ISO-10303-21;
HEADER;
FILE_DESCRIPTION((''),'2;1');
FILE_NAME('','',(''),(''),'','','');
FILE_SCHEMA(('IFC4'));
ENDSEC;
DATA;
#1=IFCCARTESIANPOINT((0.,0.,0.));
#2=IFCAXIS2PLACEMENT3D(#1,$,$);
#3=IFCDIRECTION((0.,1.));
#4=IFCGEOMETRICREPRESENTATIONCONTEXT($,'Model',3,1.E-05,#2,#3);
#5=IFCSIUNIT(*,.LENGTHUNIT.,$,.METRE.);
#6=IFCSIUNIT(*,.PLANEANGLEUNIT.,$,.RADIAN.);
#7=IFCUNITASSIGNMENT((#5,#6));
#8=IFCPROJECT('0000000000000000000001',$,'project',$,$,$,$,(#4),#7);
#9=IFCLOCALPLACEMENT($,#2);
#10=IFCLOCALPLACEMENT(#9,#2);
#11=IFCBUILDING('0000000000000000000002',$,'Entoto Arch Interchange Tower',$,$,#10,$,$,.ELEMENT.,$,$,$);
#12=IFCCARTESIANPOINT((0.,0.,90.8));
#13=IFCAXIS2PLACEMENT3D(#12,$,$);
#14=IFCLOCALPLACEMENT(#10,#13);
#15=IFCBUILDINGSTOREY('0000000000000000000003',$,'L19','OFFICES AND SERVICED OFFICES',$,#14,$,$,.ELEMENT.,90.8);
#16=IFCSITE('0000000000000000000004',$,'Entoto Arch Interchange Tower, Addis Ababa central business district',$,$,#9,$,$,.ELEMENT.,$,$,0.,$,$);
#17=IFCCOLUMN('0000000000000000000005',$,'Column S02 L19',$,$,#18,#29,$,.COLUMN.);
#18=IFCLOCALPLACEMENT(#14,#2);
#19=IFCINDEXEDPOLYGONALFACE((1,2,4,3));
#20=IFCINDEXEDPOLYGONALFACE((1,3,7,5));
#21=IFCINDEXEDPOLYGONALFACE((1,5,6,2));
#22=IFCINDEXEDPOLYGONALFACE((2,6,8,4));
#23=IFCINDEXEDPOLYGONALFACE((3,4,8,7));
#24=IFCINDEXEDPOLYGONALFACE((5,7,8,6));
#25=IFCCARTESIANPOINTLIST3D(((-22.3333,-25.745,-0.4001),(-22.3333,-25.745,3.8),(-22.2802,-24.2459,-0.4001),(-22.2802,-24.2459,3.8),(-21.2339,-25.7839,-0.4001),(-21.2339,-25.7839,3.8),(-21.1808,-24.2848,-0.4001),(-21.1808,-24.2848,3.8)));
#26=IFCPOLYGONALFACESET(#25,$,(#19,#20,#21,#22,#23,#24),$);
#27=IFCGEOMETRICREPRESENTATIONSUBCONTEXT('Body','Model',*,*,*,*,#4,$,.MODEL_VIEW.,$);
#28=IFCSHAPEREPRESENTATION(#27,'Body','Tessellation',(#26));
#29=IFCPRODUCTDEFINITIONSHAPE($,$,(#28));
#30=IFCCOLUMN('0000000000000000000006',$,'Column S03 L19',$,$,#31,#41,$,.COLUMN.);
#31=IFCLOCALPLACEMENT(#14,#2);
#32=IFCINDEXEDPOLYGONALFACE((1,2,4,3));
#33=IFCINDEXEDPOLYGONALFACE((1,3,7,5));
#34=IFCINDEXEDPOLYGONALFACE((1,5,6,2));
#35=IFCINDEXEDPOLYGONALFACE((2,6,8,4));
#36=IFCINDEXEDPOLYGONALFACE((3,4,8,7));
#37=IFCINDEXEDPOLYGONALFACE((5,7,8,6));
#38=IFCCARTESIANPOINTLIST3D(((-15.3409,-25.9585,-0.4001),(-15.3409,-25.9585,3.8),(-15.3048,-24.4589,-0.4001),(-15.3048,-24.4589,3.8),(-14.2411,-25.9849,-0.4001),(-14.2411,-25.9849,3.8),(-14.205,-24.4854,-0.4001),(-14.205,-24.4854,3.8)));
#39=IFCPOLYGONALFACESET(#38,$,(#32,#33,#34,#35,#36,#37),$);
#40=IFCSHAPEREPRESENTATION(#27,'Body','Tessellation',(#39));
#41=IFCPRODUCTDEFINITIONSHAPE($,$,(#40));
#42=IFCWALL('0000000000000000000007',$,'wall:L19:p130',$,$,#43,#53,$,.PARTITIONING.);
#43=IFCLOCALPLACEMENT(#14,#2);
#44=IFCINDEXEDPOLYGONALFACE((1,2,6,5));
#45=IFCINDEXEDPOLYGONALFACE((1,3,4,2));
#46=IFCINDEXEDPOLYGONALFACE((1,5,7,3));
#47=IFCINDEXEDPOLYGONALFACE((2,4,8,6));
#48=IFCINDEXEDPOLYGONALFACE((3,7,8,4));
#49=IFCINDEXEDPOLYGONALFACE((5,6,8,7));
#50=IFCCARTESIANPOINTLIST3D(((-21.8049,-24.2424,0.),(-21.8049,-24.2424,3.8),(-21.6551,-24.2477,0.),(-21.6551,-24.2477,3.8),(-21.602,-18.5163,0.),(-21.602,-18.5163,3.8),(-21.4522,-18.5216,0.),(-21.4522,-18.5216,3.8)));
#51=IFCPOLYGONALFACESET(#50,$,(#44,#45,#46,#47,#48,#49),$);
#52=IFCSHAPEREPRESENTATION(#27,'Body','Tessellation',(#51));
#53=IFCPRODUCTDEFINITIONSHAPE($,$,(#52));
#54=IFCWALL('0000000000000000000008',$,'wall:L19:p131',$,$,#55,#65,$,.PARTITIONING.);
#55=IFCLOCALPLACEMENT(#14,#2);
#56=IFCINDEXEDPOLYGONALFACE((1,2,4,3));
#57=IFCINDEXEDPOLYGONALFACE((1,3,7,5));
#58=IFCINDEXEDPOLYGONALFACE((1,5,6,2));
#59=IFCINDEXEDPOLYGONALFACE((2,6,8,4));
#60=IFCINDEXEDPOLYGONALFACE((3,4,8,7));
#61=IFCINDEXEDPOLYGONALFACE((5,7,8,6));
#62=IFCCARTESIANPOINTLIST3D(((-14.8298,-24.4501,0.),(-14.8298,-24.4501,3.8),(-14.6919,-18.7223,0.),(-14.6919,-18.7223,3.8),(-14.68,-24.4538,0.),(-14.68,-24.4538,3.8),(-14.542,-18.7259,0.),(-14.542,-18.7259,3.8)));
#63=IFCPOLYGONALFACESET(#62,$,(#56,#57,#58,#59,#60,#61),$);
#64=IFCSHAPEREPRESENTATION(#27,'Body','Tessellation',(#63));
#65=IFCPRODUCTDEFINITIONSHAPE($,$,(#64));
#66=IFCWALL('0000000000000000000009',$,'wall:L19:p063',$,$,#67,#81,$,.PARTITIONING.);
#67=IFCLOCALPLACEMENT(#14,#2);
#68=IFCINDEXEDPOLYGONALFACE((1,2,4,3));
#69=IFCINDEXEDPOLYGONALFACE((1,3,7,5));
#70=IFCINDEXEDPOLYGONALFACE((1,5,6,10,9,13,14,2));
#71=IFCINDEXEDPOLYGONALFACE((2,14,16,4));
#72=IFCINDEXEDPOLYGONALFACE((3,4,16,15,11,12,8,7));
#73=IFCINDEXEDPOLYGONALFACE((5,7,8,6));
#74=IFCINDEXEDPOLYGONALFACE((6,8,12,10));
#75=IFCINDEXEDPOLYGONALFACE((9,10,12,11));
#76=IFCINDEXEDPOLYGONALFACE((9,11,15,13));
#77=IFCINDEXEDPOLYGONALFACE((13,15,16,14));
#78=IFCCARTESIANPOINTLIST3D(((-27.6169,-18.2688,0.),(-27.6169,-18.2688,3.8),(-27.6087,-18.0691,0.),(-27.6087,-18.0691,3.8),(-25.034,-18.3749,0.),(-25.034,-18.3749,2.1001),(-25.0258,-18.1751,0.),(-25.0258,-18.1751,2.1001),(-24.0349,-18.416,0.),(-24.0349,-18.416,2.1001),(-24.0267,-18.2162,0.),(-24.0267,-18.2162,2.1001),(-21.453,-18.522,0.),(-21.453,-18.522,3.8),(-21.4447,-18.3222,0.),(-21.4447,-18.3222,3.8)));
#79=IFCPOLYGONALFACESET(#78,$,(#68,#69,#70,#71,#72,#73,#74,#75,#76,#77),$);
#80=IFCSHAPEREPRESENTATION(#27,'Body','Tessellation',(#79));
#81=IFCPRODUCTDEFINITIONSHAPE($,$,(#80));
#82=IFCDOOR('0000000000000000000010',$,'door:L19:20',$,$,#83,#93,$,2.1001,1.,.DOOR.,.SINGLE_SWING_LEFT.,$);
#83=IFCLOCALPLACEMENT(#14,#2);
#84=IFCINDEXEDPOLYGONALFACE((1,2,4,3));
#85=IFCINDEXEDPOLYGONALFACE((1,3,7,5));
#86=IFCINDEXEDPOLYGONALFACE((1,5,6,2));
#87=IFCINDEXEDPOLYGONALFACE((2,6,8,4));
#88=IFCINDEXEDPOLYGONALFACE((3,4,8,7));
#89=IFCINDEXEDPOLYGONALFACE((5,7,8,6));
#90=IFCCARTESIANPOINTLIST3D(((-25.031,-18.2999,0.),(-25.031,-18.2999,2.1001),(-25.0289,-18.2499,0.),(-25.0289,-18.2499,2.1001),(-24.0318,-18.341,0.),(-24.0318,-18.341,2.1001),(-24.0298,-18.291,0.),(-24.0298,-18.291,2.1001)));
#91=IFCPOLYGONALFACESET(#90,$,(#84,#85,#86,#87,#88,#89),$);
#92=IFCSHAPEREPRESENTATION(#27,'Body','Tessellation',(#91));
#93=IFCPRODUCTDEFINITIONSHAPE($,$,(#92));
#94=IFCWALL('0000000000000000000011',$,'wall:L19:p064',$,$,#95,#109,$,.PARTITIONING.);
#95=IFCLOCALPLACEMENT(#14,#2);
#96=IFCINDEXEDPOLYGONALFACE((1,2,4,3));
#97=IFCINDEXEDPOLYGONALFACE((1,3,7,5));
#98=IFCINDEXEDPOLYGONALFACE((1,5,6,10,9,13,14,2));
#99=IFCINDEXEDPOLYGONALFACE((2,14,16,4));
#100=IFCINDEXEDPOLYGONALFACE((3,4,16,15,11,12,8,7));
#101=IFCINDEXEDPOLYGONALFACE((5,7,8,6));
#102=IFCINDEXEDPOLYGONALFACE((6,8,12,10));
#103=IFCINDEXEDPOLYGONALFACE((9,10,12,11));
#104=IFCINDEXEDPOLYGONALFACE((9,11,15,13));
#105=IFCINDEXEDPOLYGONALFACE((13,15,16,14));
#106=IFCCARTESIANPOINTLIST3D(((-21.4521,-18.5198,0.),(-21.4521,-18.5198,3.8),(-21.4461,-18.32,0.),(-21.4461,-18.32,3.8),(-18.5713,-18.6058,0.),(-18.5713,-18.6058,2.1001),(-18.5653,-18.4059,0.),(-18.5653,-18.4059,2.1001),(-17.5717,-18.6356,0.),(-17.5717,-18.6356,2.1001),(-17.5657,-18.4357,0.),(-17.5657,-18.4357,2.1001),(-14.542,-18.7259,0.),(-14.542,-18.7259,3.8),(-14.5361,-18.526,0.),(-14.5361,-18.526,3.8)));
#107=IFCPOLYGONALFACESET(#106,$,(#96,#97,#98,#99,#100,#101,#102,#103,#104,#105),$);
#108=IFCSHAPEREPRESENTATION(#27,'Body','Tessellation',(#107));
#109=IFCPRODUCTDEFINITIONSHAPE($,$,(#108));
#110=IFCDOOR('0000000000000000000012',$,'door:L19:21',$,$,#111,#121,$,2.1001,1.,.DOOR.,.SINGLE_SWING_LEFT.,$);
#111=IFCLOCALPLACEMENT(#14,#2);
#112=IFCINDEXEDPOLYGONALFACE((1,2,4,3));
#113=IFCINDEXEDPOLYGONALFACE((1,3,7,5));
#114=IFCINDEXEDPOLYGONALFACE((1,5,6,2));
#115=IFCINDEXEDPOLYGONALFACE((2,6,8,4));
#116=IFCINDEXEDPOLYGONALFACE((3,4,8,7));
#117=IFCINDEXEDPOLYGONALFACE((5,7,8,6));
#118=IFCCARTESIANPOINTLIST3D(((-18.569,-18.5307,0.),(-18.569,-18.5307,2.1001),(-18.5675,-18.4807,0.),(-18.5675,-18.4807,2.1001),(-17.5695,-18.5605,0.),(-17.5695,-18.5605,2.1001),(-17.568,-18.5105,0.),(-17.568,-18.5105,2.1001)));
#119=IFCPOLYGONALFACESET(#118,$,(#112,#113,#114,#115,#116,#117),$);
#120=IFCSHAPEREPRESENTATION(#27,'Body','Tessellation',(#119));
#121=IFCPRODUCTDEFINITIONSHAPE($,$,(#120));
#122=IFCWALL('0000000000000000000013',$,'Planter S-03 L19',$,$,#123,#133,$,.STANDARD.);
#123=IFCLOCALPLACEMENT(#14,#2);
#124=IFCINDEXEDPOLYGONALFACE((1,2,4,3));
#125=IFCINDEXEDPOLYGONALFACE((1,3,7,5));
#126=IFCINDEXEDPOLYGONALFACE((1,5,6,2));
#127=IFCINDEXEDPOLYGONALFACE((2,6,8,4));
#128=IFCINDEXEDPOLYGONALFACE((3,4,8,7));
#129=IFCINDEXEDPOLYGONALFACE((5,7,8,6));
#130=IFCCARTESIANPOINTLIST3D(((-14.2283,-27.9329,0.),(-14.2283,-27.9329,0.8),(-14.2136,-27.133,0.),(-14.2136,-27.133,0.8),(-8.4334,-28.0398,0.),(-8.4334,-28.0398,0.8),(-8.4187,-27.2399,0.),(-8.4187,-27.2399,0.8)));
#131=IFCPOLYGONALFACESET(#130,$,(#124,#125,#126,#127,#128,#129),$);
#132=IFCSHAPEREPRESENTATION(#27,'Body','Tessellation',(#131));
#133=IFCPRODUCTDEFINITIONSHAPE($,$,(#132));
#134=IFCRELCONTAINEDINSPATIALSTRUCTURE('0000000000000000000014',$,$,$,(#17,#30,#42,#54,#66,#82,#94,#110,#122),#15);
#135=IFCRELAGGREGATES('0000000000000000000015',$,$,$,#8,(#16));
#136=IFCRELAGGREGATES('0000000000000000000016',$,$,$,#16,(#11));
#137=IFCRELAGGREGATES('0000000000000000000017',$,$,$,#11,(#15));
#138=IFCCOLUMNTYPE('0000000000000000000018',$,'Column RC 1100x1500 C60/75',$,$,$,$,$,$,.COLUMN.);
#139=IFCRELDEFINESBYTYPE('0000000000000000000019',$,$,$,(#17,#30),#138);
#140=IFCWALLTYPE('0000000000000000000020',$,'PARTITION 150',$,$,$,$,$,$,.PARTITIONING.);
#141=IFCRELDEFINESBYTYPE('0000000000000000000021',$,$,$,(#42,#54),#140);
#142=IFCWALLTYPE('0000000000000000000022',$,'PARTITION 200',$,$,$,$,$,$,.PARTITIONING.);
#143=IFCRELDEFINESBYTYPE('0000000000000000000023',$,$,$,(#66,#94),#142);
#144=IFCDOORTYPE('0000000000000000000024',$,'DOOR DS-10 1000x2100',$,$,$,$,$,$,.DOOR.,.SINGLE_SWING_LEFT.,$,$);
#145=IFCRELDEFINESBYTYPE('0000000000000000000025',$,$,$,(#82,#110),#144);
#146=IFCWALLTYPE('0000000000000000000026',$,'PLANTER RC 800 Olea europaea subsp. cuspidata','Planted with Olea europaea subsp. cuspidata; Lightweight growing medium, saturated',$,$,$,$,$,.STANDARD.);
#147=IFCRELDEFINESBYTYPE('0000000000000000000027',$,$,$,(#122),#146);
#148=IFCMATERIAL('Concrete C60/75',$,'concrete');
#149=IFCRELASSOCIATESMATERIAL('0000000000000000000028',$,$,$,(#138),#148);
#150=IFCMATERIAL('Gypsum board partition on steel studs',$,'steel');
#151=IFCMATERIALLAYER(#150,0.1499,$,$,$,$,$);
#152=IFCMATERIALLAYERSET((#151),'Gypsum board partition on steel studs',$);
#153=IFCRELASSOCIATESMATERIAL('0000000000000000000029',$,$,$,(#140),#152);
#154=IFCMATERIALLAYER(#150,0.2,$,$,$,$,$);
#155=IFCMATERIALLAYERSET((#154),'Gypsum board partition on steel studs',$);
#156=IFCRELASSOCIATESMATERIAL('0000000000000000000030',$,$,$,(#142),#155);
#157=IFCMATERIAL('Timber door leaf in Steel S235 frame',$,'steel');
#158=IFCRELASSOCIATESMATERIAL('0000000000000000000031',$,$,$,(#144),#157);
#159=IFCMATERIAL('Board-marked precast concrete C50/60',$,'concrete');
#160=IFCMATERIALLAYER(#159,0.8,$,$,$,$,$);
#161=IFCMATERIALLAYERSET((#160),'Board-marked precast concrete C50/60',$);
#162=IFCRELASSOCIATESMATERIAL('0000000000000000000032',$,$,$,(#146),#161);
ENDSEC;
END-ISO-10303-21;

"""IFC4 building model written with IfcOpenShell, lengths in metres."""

from ifc_helpers import new_model, si_unit, direction, frame, frame_2d, origin, origin_2d, place, context, subcontext, project, spatial, rectangle, extrude, material, layer, layer_set, material_profile, profile_set, type_object, element, fill, save


model = new_model("IFC4")

# Units and contexts
model_context = context("Model", 3, precision=1e-05, world=origin(), true_north=direction((0.0, 1.0)))
body_context = subcontext(model_context, "Body", "Model", "MODEL_VIEW")
ifc_project = project(units=[si_unit("LENGTHUNIT", "METRE"), si_unit("PLANEANGLEUNIT", "RADIAN")], contexts=[model_context])

# Site, building, storey
site_placement = place(None, origin())
site = spatial("IfcSite", under=ifc_project, at=site_placement, Name="Entoto Arch Interchange Tower, Addis Ababa central business district", CompositionType="ELEMENT", RefElevation=0.0)
building_placement = place(site_placement, origin())
building = spatial("IfcBuilding", under=site, at=building_placement, Name="Entoto Arch Interchange Tower", CompositionType="ELEMENT")
storey_placement = place(building_placement, frame((0.0, 0.0, 90.8)))
storey = spatial("IfcBuildingStorey", under=building, at=storey_placement, Name="L19", Description="OFFICES AND SERVICED OFFICES", CompositionType="ELEMENT", Elevation=90.8)

# Columns
ifc_material_1 = material(Name="Concrete C60/75", Category="concrete")
ifc_material_profile = material_profile(ifc_material_1, rectangle(XDim=1.1001, YDim=1.5, at=origin_2d()))
ifc_profile_set = profile_set([ifc_material_profile], Name="Concrete C60/75")
column_type = type_object("IfcColumnType", Name="Column RC 1100x1500 C60/75", PredefinedType="COLUMN", material=ifc_profile_set)
for number, where, z_axis, x_axis, name in (
    (1, (-21.7571, -25.0149, -0.4001), (0.0, 0.0, 1.0), (-0.999374, 0.035388, 0.0), "Column S02 L19"),
    (2, (-14.7729, -25.2219, -0.4001), (0.0, 0.0, 1.0), (-0.999711, 0.024031, 0.0), "Column S03 L19"),
):
    element("IfcColumn", number, at=place(storey_placement, frame(where, z_axis=z_axis, x_axis=x_axis)), inside=storey, type_object=column_type, Name=name, PredefinedType="COLUMN", context=body_context, shape_type="SweptSolid", body=[
        extrude(rectangle(XDim=1.1001, YDim=1.5, at=origin_2d()), origin(), (0.0, 0.0, 1.0), 4.2002),
    ])

# Walls
ifc_material_2 = material(Name="Gypsum board partition on steel studs", Category="steel")
ifc_layer_1 = layer(ifc_material_2, 0.1499)
ifc_layer_set_1 = layer_set([ifc_layer_1], Name="Gypsum board partition on steel studs")
wall_type_1 = type_object("IfcWallType", Name="PARTITION 150", PredefinedType="PARTITIONING", material=ifc_layer_set_1)
wall_1_placement = place(storey_placement, frame((-21.5271, -18.519, 0.0), z_axis=(0.0, 0.0, 1.0), x_axis=(-0.035409, -0.999373, 0.0)))
element("IfcWall", 3, at=wall_1_placement, inside=storey, type_object=wall_type_1, Name="wall:L19:p130", PredefinedType="PARTITIONING", context=body_context, shape_type="SweptSolid", body=[
    extrude(rectangle(XDim=5.7297, YDim=0.1499, at=frame_2d((2.8647, 0.0))), origin(), (0.0, 0.0, 1.0), 3.8),
])
wall_2_placement = place(storey_placement, frame((-14.6169, -18.7241, 0.0), z_axis=(0.0, 0.0, 1.0), x_axis=(-0.024076, -0.99971, 0.0)))
element("IfcWall", 4, at=wall_2_placement, inside=storey, type_object=wall_type_1, Name="wall:L19:p131", PredefinedType="PARTITIONING", context=body_context, shape_type="SweptSolid", body=[
    extrude(rectangle(XDim=5.7295, YDim=0.1499, at=frame_2d((2.8647, 0.0))), origin(), (0.0, 0.0, 1.0), 3.8),
])

# Walls, openings, doors
ifc_layer_2 = layer(ifc_material_2, 0.2)
ifc_layer_set_2 = layer_set([ifc_layer_2], Name="Gypsum board partition on steel studs")
wall_type_2 = type_object("IfcWallType", Name="PARTITION 200", PredefinedType="PARTITIONING", material=ifc_layer_set_2)
wall_3_placement = place(storey_placement, frame((-21.449, -18.4221, 0.0), z_axis=(0.0, 0.0, 1.0), x_axis=(-0.999158, 0.041038, 0.0)))
wall_3 = element("IfcWall", 5, at=wall_3_placement, inside=storey, type_object=wall_type_2, Name="wall:L19:p063", PredefinedType="PARTITIONING", context=body_context, shape_type="SweptSolid", body=[
    extrude(rectangle(XDim=6.1692, YDim=0.2, at=frame_2d((3.0845, 0.0))), origin(), (0.0, 0.0, 1.0), 3.8),
])
opening_1_placement = place(wall_3_placement, frame((2.584, 0.0, 0.0)))
opening_1 = element("IfcOpeningElement", 6, at=opening_1_placement, cuts=wall_3, PredefinedType="OPENING", context=body_context, shape_type="SweptSolid", body=[
    extrude(rectangle(XDim=1.0, YDim=2.1001, at=frame_2d((0.5, 1.05))), frame((0.0, 0.1099, 0.0), z_axis=(0.0, -1.0, 0.0), x_axis=(1.0, 0.0, 0.0)), (0.0, 0.0, 1.0), 0.22),
])
ifc_material_3 = material(Name="Timber door leaf in Steel S235 frame", Category="steel")
door_type_1 = type_object("IfcDoorType", Name="DOOR DS-10 1000x2100", OperationType="SINGLE_SWING_LEFT", PredefinedType="DOOR", material=ifc_material_3)
door_1_placement = place(opening_1_placement, origin())
door_1 = element("IfcDoor", 7, at=door_1_placement, inside=storey, type_object=door_type_1, Name="door:L19:20", OperationType="SINGLE_SWING_LEFT", OverallHeight=2.1001, OverallWidth=1.0, PredefinedType="DOOR", context=body_context, shape_type="SweptSolid", body=[
    extrude(rectangle(XDim=1.0, YDim=2.1001, at=frame_2d((0.5, 1.05))), frame((0.0, 0.0249, 0.0), z_axis=(0.0, -1.0, 0.0), x_axis=(1.0, 0.0, 0.0)), (0.0, 0.0, 1.0), 0.05),
])
fill(opening_1, door_1)
wall_4_placement = place(storey_placement, frame((-14.5391, -18.626, 0.0), z_axis=(0.0, 0.0, 1.0), x_axis=(-0.999556, 0.029807, 0.0)))
wall_4 = element("IfcWall", 8, at=wall_4_placement, inside=storey, type_object=wall_type_2, Name="wall:L19:p064", PredefinedType="PARTITIONING", context=body_context, shape_type="SweptSolid", body=[
    extrude(rectangle(XDim=6.9131, YDim=0.2, at=frame_2d((3.4565, 0.0))), origin(), (0.0, 0.0, 1.0), 3.8),
])
opening_2_placement = place(wall_4_placement, frame((3.031, 0.0, 0.0)))
opening_2 = element("IfcOpeningElement", 9, at=opening_2_placement, cuts=wall_4, PredefinedType="OPENING", context=body_context, shape_type="SweptSolid", body=[
    extrude(rectangle(XDim=1.0, YDim=2.1001, at=frame_2d((0.5, 1.05))), frame((0.0, 0.1099, 0.0), z_axis=(0.0, -1.0, 0.0), x_axis=(1.0, 0.0, 0.0)), (0.0, 0.0, 1.0), 0.22),
])
door_2_placement = place(opening_2_placement, origin())
door_2 = element("IfcDoor", 10, at=door_2_placement, inside=storey, type_object=door_type_1, Name="door:L19:21", OperationType="SINGLE_SWING_LEFT", OverallHeight=2.1001, OverallWidth=1.0, PredefinedType="DOOR", context=body_context, shape_type="SweptSolid", body=[
    extrude(rectangle(XDim=1.0, YDim=2.1001, at=frame_2d((0.5, 1.05))), frame((0.0, 0.0249, 0.0), z_axis=(0.0, -1.0, 0.0), x_axis=(1.0, 0.0, 0.0)), (0.0, 0.0, 1.0), 0.05),
])
fill(opening_2, door_2)

# Wall
ifc_material_4 = material(Name="Board-marked precast concrete C50/60", Category="concrete")
ifc_layer_3 = layer(ifc_material_4, 0.8)
ifc_layer_set_3 = layer_set([ifc_layer_3], Name="Board-marked precast concrete C50/60")
wall_type_3 = type_object("IfcWallType", Name="PLANTER RC 800 Olea europaea subsp. cuspidata", Description="Planted with Olea europaea subsp. cuspidata; Lightweight growing medium, saturated", PredefinedType="STANDARD", material=ifc_layer_set_3)
wall_5_placement = place(storey_placement, frame((-14.2209, -27.533, 0.0), z_axis=(0.0, 0.0, 1.0), x_axis=(0.99983, -0.01845, 0.0)))
element("IfcWall", 11, at=wall_5_placement, inside=storey, type_object=wall_type_3, Name="Planter S-03 L19", PredefinedType="STANDARD", context=body_context, shape_type="SweptSolid", body=[
    extrude(rectangle(XDim=5.7959, YDim=0.8, at=frame_2d((2.8979, 0.0))), origin(), (0.0, 0.0, 1.0), 0.8),
])

save(model, "model.ifc")
